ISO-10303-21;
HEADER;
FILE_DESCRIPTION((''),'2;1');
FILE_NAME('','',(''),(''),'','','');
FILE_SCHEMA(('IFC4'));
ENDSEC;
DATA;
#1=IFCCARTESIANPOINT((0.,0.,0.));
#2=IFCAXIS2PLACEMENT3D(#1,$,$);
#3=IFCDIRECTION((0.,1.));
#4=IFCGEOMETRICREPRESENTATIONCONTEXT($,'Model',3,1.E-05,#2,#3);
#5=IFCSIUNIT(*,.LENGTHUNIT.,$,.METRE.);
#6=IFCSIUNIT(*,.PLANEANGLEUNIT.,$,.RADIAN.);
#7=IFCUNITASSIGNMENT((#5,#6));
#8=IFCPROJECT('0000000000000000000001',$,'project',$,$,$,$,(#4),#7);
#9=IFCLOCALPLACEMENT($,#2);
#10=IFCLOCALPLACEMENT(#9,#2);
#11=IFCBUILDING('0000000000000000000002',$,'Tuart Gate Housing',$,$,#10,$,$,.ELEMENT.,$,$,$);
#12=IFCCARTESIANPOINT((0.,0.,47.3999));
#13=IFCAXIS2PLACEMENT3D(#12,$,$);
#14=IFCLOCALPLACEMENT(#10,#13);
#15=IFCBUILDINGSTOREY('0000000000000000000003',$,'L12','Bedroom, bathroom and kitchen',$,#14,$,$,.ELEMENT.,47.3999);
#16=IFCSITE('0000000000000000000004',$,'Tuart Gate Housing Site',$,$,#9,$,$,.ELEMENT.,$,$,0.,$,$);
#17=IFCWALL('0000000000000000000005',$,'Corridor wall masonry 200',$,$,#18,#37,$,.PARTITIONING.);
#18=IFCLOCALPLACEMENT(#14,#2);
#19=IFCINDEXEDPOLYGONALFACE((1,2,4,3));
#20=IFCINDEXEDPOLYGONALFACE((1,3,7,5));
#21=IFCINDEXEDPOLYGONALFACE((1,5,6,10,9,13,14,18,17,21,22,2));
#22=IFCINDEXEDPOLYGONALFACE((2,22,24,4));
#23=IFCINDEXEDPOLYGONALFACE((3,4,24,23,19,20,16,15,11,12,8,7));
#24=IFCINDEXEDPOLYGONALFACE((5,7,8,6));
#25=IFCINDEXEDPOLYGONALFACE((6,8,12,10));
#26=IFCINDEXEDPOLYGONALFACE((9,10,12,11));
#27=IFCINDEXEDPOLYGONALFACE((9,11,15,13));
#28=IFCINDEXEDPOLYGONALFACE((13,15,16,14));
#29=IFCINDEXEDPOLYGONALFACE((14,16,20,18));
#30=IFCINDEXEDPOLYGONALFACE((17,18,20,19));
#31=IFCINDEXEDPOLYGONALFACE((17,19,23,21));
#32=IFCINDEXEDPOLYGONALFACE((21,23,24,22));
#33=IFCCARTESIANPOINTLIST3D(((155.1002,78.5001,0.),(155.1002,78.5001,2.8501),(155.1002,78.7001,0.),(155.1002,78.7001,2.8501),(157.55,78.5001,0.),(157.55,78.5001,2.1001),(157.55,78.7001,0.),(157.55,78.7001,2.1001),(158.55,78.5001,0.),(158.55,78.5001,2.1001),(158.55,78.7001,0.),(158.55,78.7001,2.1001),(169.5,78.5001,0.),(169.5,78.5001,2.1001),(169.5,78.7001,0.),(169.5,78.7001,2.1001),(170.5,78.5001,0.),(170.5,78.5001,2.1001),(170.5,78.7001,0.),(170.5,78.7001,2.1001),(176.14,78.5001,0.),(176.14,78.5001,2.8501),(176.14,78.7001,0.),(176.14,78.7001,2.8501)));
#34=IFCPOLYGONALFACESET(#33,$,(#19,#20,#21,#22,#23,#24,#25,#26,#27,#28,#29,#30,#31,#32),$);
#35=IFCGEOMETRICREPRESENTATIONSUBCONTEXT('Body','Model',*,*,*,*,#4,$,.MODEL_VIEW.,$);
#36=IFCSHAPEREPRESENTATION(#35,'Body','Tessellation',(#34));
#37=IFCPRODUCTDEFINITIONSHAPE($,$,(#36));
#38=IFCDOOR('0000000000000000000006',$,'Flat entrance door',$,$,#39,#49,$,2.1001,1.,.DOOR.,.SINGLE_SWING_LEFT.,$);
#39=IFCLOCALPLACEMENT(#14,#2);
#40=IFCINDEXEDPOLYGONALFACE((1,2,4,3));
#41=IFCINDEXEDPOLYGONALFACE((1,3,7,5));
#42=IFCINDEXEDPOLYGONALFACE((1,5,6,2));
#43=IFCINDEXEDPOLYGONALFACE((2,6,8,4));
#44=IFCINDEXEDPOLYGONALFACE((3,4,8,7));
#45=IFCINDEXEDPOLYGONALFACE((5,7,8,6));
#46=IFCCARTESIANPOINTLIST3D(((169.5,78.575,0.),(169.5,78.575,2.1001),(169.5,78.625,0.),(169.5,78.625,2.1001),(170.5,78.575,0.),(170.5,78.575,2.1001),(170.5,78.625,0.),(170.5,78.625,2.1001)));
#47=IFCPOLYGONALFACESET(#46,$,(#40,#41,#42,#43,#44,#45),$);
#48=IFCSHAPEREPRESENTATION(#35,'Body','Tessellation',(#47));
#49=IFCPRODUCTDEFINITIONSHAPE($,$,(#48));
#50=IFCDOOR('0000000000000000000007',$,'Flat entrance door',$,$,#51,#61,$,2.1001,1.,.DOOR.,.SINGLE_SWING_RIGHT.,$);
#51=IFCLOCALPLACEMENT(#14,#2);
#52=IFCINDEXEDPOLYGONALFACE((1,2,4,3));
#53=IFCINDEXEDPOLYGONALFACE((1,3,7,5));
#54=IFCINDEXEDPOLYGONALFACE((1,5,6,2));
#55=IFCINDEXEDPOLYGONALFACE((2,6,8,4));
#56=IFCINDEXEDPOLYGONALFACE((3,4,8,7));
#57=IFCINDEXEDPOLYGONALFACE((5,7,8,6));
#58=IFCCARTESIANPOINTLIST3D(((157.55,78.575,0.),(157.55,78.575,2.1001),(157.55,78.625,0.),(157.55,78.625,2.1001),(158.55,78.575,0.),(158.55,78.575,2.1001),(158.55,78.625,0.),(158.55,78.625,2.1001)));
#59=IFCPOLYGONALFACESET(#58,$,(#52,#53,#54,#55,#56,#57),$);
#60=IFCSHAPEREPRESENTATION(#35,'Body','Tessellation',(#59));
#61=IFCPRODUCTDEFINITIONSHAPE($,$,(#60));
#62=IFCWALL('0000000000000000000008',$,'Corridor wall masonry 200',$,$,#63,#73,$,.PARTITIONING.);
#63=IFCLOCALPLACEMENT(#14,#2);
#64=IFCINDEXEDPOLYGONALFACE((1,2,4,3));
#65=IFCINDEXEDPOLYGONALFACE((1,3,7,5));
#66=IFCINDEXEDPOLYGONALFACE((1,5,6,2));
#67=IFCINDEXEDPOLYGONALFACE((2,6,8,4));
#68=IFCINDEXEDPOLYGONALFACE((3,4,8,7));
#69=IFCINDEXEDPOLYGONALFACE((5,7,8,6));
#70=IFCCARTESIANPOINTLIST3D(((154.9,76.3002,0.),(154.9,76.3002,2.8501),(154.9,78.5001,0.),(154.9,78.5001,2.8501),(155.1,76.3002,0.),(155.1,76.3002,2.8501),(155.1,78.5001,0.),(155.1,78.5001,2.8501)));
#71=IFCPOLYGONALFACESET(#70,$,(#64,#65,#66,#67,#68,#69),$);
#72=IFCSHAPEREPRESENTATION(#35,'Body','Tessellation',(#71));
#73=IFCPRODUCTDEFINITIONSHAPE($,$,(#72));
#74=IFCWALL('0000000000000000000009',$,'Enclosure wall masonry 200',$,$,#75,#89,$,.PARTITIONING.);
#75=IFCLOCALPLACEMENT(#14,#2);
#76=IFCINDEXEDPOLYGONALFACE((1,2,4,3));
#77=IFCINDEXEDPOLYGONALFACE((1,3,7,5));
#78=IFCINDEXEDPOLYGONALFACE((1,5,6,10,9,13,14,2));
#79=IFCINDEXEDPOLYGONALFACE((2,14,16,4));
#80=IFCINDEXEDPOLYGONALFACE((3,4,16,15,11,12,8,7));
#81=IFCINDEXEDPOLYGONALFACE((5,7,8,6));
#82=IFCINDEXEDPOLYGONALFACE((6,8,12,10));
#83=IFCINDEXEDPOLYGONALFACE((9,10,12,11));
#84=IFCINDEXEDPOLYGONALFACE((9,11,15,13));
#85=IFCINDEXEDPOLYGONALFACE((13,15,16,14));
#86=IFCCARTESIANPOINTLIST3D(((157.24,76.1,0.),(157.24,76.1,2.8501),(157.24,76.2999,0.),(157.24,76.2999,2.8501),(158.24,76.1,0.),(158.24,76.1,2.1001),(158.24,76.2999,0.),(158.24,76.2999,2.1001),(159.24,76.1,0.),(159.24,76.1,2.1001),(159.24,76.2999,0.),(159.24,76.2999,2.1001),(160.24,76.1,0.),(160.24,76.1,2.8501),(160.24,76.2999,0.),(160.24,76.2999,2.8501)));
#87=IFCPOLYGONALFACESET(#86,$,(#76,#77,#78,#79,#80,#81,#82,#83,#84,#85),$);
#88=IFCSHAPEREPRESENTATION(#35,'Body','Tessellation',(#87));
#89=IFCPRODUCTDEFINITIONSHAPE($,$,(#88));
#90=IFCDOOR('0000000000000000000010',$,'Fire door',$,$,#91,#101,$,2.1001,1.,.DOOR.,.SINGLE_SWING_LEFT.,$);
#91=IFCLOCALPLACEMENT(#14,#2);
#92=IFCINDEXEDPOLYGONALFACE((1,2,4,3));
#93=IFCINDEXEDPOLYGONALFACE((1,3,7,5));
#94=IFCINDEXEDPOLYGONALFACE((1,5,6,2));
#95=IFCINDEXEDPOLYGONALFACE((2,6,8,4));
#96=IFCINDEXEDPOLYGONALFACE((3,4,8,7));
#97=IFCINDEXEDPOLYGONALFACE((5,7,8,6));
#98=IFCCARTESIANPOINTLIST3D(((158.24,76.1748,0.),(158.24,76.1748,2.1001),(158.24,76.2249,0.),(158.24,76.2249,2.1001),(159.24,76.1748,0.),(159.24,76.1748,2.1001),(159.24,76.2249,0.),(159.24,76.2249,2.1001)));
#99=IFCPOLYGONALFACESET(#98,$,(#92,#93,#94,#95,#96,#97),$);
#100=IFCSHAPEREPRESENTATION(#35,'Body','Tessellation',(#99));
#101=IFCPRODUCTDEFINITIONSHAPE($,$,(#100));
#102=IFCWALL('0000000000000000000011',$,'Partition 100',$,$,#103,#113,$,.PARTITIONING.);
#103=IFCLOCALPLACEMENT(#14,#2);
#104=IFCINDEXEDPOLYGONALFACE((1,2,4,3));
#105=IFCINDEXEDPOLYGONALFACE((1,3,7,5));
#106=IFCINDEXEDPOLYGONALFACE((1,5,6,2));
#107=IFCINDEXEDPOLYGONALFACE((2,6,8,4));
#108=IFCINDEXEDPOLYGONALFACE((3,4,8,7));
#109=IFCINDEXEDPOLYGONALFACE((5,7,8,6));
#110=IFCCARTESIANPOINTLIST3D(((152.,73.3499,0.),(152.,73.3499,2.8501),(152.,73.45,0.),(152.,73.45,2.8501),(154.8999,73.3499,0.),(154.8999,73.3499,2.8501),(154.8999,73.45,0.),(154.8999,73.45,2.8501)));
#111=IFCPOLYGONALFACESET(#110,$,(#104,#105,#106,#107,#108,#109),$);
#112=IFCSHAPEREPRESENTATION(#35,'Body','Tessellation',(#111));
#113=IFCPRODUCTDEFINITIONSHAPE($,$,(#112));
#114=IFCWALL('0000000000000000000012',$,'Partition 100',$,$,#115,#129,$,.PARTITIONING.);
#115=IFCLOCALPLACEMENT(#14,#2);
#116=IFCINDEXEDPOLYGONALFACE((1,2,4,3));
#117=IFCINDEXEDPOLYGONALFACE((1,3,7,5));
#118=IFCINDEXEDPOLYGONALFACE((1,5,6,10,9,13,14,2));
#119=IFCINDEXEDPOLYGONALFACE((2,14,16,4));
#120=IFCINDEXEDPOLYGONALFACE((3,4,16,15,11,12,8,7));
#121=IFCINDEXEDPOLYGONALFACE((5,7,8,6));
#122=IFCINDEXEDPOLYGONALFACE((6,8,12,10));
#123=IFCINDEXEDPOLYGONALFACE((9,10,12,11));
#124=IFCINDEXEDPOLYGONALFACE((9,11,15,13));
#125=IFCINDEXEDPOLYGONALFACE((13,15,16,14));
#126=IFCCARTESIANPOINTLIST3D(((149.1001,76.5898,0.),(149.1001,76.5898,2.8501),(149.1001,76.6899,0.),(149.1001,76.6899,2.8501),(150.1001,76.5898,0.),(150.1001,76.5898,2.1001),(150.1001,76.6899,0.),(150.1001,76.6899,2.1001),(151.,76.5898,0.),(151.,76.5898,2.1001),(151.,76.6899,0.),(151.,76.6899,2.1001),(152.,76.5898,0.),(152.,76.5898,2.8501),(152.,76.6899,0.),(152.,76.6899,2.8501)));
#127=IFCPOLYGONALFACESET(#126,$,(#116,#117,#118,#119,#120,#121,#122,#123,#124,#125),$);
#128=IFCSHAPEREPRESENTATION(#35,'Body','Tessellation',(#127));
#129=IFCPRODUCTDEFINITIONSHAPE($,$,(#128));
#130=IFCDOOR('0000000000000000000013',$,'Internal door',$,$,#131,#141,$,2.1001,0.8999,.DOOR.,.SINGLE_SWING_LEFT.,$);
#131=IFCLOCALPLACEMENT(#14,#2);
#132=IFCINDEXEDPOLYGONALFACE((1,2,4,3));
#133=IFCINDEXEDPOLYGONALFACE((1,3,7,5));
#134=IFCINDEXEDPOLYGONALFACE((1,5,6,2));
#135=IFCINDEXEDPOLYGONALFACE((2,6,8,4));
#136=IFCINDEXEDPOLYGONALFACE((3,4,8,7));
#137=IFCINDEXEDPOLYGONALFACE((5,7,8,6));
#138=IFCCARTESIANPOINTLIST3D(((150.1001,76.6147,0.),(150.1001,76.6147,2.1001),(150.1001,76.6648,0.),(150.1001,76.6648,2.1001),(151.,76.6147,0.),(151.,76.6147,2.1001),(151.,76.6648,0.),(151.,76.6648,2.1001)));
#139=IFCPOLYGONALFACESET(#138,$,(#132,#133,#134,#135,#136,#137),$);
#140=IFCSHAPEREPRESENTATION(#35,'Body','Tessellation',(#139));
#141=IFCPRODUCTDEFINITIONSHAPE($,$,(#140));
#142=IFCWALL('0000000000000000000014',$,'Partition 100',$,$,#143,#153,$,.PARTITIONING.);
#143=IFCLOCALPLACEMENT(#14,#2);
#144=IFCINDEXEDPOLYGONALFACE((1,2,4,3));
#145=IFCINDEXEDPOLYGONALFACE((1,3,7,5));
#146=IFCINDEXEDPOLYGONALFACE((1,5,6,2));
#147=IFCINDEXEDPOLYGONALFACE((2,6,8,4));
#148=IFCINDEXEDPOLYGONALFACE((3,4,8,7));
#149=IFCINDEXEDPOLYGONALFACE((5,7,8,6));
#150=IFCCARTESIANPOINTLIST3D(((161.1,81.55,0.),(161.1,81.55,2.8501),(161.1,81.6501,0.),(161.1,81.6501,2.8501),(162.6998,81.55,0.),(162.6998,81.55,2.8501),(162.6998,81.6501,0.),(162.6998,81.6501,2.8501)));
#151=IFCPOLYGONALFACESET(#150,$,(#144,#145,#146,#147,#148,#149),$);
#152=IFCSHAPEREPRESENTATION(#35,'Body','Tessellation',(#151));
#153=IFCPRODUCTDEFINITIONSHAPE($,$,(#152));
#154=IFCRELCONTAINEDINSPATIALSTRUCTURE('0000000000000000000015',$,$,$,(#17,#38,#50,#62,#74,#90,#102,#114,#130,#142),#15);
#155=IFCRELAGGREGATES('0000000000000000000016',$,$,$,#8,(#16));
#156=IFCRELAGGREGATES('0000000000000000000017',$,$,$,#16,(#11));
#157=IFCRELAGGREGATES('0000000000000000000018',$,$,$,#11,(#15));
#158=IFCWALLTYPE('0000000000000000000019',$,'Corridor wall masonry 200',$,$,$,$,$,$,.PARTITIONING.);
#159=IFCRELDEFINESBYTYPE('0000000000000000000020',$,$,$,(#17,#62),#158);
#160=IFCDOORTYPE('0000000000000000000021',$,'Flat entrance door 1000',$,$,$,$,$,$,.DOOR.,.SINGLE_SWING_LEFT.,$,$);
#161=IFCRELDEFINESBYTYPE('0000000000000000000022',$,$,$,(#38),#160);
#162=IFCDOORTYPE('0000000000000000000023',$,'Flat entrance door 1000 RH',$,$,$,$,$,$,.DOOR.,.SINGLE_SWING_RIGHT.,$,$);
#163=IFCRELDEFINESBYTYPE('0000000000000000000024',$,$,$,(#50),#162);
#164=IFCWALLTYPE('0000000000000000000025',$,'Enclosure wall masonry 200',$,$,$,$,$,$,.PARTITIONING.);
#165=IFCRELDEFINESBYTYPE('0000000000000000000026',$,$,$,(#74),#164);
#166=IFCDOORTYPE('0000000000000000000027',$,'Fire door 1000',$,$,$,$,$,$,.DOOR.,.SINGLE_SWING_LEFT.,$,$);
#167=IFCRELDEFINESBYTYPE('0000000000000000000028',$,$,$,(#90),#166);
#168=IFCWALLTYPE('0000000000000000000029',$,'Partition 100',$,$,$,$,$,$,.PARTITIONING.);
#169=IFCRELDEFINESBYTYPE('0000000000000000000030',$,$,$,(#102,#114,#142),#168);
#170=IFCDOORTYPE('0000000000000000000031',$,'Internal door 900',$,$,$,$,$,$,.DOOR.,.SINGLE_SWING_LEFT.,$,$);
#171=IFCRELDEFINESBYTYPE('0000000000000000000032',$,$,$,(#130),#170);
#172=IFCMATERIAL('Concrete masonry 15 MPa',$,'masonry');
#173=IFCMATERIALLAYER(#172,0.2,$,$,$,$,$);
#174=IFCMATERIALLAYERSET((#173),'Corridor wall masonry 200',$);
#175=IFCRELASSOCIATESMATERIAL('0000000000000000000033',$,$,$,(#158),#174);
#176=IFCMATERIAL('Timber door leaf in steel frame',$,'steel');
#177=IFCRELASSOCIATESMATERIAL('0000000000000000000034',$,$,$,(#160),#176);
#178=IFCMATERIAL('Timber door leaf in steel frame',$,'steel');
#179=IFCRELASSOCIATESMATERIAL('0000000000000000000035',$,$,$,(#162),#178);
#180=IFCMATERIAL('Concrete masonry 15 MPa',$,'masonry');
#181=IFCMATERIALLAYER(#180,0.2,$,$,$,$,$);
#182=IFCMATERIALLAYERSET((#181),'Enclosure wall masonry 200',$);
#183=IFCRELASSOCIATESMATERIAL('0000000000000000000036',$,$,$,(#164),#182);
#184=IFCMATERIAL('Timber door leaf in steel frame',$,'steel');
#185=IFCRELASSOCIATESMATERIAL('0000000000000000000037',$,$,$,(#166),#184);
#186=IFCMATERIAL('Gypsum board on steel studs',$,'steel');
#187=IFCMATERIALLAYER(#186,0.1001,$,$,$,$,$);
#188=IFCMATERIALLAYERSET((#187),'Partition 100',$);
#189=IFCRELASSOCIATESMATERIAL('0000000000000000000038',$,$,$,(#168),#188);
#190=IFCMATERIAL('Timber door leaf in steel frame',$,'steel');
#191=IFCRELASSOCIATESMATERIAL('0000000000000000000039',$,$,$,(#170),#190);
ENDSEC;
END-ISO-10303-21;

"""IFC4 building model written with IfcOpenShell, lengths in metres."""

from ifc_helpers import new_model, si_unit, direction, frame, frame_2d, origin, place, context, subcontext, project, spatial, rectangle, extrude, material, layer, layer_set, type_object, element, fill, save


model = new_model("IFC4")

# Units and contexts
model_context = context("Model", 3, precision=1e-05, world=origin(), true_north=direction((0.0, 1.0)))
body_context = subcontext(model_context, "Body", "Model", "MODEL_VIEW")
ifc_project = project(units=[si_unit("LENGTHUNIT", "METRE"), si_unit("PLANEANGLEUNIT", "RADIAN")], contexts=[model_context])

# Site, building, storey
site_placement = place(None, origin())
site = spatial("IfcSite", under=ifc_project, at=site_placement, Name="Tuart Gate Housing Site", CompositionType="ELEMENT", RefElevation=0.0)
building_placement = place(site_placement, origin())
building = spatial("IfcBuilding", under=site, at=building_placement, Name="Tuart Gate Housing", CompositionType="ELEMENT")
storey_placement = place(building_placement, frame((0.0, 0.0, 47.3999)))
storey = spatial("IfcBuildingStorey", under=building, at=storey_placement, Name="L12", Description="Bedroom, bathroom and kitchen", CompositionType="ELEMENT", Elevation=47.3999)

# Shared definitions
ifc_material_1 = material(Name="Concrete masonry 15 MPa", Category="masonry")
ifc_layer_1 = layer(ifc_material_1, 0.2)
ifc_layer_set_1 = layer_set([ifc_layer_1], Name="Corridor wall masonry 200")
wall_type_1 = type_object("IfcWallType", Name="Corridor wall masonry 200", PredefinedType="PARTITIONING", material=ifc_layer_set_1)

# Wall, openings, doors
wall_1_placement = place(storey_placement, frame((155.1001, 78.6001, 0.0), z_axis=(0.0, 0.0, 1.0), x_axis=(1.0, 0.0, 0.0)))
wall_1 = element("IfcWall", 1, at=wall_1_placement, inside=storey, type_object=wall_type_1, Name="Corridor wall masonry 200", PredefinedType="PARTITIONING", context=body_context, shape_type="SweptSolid", body=[
    extrude(rectangle(XDim=21.0398, YDim=0.2, at=frame_2d((10.52, 0.0))), origin(), (0.0, 0.0, 1.0), 2.8501),
])
opening_1_placement = place(wall_1_placement, frame((2.45, 0.0, 0.0)))
opening_1 = element("IfcOpeningElement", 2, at=opening_1_placement, cuts=wall_1, PredefinedType="OPENING", context=body_context, shape_type="SweptSolid", body=[
    extrude(rectangle(XDim=1.0, YDim=2.1001, at=frame_2d((0.5, 1.05))), frame((0.0, 0.1099, 0.0), z_axis=(0.0, -1.0, 0.0), x_axis=(1.0, 0.0, 0.0)), (0.0, 0.0, 1.0), 0.22),
])
opening_2_placement = place(wall_1_placement, frame((14.3999, 0.0, 0.0)))
opening_2 = element("IfcOpeningElement", 3, at=opening_2_placement, cuts=wall_1, PredefinedType="OPENING", context=body_context, shape_type="SweptSolid", body=[
    extrude(rectangle(XDim=1.0, YDim=2.1001, at=frame_2d((0.5, 1.05))), frame((0.0, 0.1099, 0.0), z_axis=(0.0, -1.0, 0.0), x_axis=(1.0, 0.0, 0.0)), (0.0, 0.0, 1.0), 0.22),
])
ifc_material_2 = material(Name="Timber door leaf in steel frame", Category="steel")
door_type_1 = type_object("IfcDoorType", Name="Flat entrance door 1000", OperationType="SINGLE_SWING_LEFT", PredefinedType="DOOR", material=ifc_material_2)
door_1_placement = place(opening_2_placement, origin())
door_1 = element("IfcDoor", 4, at=door_1_placement, inside=storey, type_object=door_type_1, Name="Flat entrance door", OperationType="SINGLE_SWING_LEFT", OverallHeight=2.1001, OverallWidth=1.0, PredefinedType="DOOR", context=body_context, shape_type="SweptSolid", body=[
    extrude(rectangle(XDim=1.0, YDim=2.1001, at=frame_2d((0.5, 1.05))), frame((0.0, 0.0249, 0.0), z_axis=(0.0, -1.0, 0.0), x_axis=(1.0, 0.0, 0.0)), (0.0, 0.0, 1.0), 0.05),
])
fill(opening_2, door_1)
ifc_material_3 = material(Name="Timber door leaf in steel frame", Category="steel")
door_type_2 = type_object("IfcDoorType", Name="Flat entrance door 1000 RH", OperationType="SINGLE_SWING_RIGHT", PredefinedType="DOOR", material=ifc_material_3)
door_2_placement = place(opening_1_placement, origin())
door_2 = element("IfcDoor", 5, at=door_2_placement, inside=storey, type_object=door_type_2, Name="Flat entrance door", OperationType="SINGLE_SWING_RIGHT", OverallHeight=2.1001, OverallWidth=1.0, PredefinedType="DOOR", context=body_context, shape_type="SweptSolid", body=[
    extrude(rectangle(XDim=1.0, YDim=2.1001, at=frame_2d((0.5, 1.05))), frame((0.0, 0.0249, 0.0), z_axis=(0.0, -1.0, 0.0), x_axis=(1.0, 0.0, 0.0)), (0.0, 0.0, 1.0), 0.05),
])
fill(opening_1, door_2)

# Wall
wall_2_placement = place(storey_placement, frame((155.0, 76.3, 0.0), z_axis=(0.0, 0.0, 1.0), x_axis=(0.0, 1.0, 0.0)))
element("IfcWall", 6, at=wall_2_placement, inside=storey, type_object=wall_type_1, Name="Corridor wall masonry 200", PredefinedType="PARTITIONING", context=body_context, shape_type="SweptSolid", body=[
    extrude(rectangle(XDim=2.2, YDim=0.2, at=frame_2d((1.1001, 0.0))), origin(), (0.0, 0.0, 1.0), 2.8501),
])

# Wall, opening, door
ifc_material_4 = material(Name="Concrete masonry 15 MPa", Category="masonry")
ifc_layer_2 = layer(ifc_material_4, 0.2)
ifc_layer_set_2 = layer_set([ifc_layer_2], Name="Enclosure wall masonry 200")
wall_type_2 = type_object("IfcWallType", Name="Enclosure wall masonry 200", PredefinedType="PARTITIONING", material=ifc_layer_set_2)
wall_3_placement = place(storey_placement, frame((157.24, 76.2, 0.0), z_axis=(0.0, 0.0, 1.0), x_axis=(1.0, 0.0, 0.0)))
wall_3 = element("IfcWall", 7, at=wall_3_placement, inside=storey, type_object=wall_type_2, Name="Enclosure wall masonry 200", PredefinedType="PARTITIONING", context=body_context, shape_type="SweptSolid", body=[
    extrude(rectangle(XDim=3.0, YDim=0.2, at=frame_2d((1.5, 0.0))), origin(), (0.0, 0.0, 1.0), 2.8501),
])
opening_3_placement = place(wall_3_placement, frame((1.0, 0.0, 0.0)))
opening_3 = element("IfcOpeningElement", 8, at=opening_3_placement, cuts=wall_3, PredefinedType="OPENING", context=body_context, shape_type="SweptSolid", body=[
    extrude(rectangle(XDim=1.0, YDim=2.1001, at=frame_2d((0.5, 1.05))), frame((0.0, 0.1099, 0.0), z_axis=(0.0, -1.0, 0.0), x_axis=(1.0, 0.0, 0.0)), (0.0, 0.0, 1.0), 0.22),
])
ifc_material_5 = material(Name="Timber door leaf in steel frame", Category="steel")
door_type_3 = type_object("IfcDoorType", Name="Fire door 1000", OperationType="SINGLE_SWING_LEFT", PredefinedType="DOOR", material=ifc_material_5)
door_3_placement = place(opening_3_placement, origin())
door_3 = element("IfcDoor", 9, at=door_3_placement, inside=storey, type_object=door_type_3, Name="Fire door", OperationType="SINGLE_SWING_LEFT", OverallHeight=2.1001, OverallWidth=1.0, PredefinedType="DOOR", context=body_context, shape_type="SweptSolid", body=[
    extrude(rectangle(XDim=1.0, YDim=2.1001, at=frame_2d((0.5, 1.05))), frame((0.0, 0.0249, 0.0), z_axis=(0.0, -1.0, 0.0), x_axis=(1.0, 0.0, 0.0)), (0.0, 0.0, 1.0), 0.05),
])
fill(opening_3, door_3)

# Wall
ifc_material_6 = material(Name="Gypsum board on steel studs", Category="steel")
ifc_layer_3 = layer(ifc_material_6, 0.1001)
ifc_layer_set_3 = layer_set([ifc_layer_3], Name="Partition 100")
wall_type_3 = type_object("IfcWallType", Name="Partition 100", PredefinedType="PARTITIONING", material=ifc_layer_set_3)
wall_4_placement = place(storey_placement, frame((152.0, 73.3999, 0.0), z_axis=(0.0, 0.0, 1.0), x_axis=(1.0, 0.0, 0.0)))
element("IfcWall", 10, at=wall_4_placement, inside=storey, type_object=wall_type_3, Name="Partition 100", PredefinedType="PARTITIONING", context=body_context, shape_type="SweptSolid", body=[
    extrude(rectangle(XDim=2.8999, YDim=0.1001, at=frame_2d((1.45, 0.0))), origin(), (0.0, 0.0, 1.0), 2.8501),
])

# Wall, opening, door
wall_5_placement = place(storey_placement, frame((149.1001, 76.6399, 0.0), z_axis=(0.0, 0.0, 1.0), x_axis=(1.0, 0.0, 0.0)))
wall_5 = element("IfcWall", 11, at=wall_5_placement, inside=storey, type_object=wall_type_3, Name="Partition 100", PredefinedType="PARTITIONING", context=body_context, shape_type="SweptSolid", body=[
    extrude(rectangle(XDim=2.8999, YDim=0.1001, at=frame_2d((1.45, 0.0))), origin(), (0.0, 0.0, 1.0), 2.8501),
])
opening_4_placement = place(wall_5_placement, frame((1.0, 0.0, 0.0)))
opening_4 = element("IfcOpeningElement", 12, at=opening_4_placement, cuts=wall_5, PredefinedType="OPENING", context=body_context, shape_type="SweptSolid", body=[
    extrude(rectangle(XDim=0.8999, YDim=2.1001, at=frame_2d((0.45, 1.05))), frame((0.0, 0.0601, 0.0), z_axis=(0.0, -1.0, 0.0), x_axis=(1.0, 0.0, 0.0)), (0.0, 0.0, 1.0), 0.1201),
])
ifc_material_7 = material(Name="Timber door leaf in steel frame", Category="steel")
door_type_4 = type_object("IfcDoorType", Name="Internal door 900", OperationType="SINGLE_SWING_LEFT", PredefinedType="DOOR", material=ifc_material_7)
door_4_placement = place(opening_4_placement, frame((0.8999, 0.0, 0.0), z_axis=(0.0, 0.0, 1.0), x_axis=(-1.0, 0.0, 0.0)))
door_4 = element("IfcDoor", 13, at=door_4_placement, inside=storey, type_object=door_type_4, Name="Internal door", OperationType="SINGLE_SWING_LEFT", OverallHeight=2.1001, OverallWidth=0.8999, PredefinedType="DOOR", context=body_context, shape_type="SweptSolid", body=[
    extrude(rectangle(XDim=0.8999, YDim=2.1001, at=frame_2d((0.45, 1.05))), frame((0.0, 0.0251, 0.0), z_axis=(0.0, -1.0, 0.0), x_axis=(1.0, 0.0, 0.0)), (0.0, 0.0, 1.0), 0.05),
])
fill(opening_4, door_4)

# Wall
wall_6_placement = place(storey_placement, frame((161.1001, 81.6001, 0.0), z_axis=(0.0, 0.0, 1.0), x_axis=(1.0, 0.0, 0.0)))
element("IfcWall", 14, at=wall_6_placement, inside=storey, type_object=wall_type_3, Name="Partition 100", PredefinedType="PARTITIONING", context=body_context, shape_type="SweptSolid", body=[
    extrude(rectangle(XDim=1.5999, YDim=0.1001, at=frame_2d((0.7998, 0.0))), origin(), (0.0, 0.0, 1.0), 2.8501),
])

save(model, "model.ifc")
